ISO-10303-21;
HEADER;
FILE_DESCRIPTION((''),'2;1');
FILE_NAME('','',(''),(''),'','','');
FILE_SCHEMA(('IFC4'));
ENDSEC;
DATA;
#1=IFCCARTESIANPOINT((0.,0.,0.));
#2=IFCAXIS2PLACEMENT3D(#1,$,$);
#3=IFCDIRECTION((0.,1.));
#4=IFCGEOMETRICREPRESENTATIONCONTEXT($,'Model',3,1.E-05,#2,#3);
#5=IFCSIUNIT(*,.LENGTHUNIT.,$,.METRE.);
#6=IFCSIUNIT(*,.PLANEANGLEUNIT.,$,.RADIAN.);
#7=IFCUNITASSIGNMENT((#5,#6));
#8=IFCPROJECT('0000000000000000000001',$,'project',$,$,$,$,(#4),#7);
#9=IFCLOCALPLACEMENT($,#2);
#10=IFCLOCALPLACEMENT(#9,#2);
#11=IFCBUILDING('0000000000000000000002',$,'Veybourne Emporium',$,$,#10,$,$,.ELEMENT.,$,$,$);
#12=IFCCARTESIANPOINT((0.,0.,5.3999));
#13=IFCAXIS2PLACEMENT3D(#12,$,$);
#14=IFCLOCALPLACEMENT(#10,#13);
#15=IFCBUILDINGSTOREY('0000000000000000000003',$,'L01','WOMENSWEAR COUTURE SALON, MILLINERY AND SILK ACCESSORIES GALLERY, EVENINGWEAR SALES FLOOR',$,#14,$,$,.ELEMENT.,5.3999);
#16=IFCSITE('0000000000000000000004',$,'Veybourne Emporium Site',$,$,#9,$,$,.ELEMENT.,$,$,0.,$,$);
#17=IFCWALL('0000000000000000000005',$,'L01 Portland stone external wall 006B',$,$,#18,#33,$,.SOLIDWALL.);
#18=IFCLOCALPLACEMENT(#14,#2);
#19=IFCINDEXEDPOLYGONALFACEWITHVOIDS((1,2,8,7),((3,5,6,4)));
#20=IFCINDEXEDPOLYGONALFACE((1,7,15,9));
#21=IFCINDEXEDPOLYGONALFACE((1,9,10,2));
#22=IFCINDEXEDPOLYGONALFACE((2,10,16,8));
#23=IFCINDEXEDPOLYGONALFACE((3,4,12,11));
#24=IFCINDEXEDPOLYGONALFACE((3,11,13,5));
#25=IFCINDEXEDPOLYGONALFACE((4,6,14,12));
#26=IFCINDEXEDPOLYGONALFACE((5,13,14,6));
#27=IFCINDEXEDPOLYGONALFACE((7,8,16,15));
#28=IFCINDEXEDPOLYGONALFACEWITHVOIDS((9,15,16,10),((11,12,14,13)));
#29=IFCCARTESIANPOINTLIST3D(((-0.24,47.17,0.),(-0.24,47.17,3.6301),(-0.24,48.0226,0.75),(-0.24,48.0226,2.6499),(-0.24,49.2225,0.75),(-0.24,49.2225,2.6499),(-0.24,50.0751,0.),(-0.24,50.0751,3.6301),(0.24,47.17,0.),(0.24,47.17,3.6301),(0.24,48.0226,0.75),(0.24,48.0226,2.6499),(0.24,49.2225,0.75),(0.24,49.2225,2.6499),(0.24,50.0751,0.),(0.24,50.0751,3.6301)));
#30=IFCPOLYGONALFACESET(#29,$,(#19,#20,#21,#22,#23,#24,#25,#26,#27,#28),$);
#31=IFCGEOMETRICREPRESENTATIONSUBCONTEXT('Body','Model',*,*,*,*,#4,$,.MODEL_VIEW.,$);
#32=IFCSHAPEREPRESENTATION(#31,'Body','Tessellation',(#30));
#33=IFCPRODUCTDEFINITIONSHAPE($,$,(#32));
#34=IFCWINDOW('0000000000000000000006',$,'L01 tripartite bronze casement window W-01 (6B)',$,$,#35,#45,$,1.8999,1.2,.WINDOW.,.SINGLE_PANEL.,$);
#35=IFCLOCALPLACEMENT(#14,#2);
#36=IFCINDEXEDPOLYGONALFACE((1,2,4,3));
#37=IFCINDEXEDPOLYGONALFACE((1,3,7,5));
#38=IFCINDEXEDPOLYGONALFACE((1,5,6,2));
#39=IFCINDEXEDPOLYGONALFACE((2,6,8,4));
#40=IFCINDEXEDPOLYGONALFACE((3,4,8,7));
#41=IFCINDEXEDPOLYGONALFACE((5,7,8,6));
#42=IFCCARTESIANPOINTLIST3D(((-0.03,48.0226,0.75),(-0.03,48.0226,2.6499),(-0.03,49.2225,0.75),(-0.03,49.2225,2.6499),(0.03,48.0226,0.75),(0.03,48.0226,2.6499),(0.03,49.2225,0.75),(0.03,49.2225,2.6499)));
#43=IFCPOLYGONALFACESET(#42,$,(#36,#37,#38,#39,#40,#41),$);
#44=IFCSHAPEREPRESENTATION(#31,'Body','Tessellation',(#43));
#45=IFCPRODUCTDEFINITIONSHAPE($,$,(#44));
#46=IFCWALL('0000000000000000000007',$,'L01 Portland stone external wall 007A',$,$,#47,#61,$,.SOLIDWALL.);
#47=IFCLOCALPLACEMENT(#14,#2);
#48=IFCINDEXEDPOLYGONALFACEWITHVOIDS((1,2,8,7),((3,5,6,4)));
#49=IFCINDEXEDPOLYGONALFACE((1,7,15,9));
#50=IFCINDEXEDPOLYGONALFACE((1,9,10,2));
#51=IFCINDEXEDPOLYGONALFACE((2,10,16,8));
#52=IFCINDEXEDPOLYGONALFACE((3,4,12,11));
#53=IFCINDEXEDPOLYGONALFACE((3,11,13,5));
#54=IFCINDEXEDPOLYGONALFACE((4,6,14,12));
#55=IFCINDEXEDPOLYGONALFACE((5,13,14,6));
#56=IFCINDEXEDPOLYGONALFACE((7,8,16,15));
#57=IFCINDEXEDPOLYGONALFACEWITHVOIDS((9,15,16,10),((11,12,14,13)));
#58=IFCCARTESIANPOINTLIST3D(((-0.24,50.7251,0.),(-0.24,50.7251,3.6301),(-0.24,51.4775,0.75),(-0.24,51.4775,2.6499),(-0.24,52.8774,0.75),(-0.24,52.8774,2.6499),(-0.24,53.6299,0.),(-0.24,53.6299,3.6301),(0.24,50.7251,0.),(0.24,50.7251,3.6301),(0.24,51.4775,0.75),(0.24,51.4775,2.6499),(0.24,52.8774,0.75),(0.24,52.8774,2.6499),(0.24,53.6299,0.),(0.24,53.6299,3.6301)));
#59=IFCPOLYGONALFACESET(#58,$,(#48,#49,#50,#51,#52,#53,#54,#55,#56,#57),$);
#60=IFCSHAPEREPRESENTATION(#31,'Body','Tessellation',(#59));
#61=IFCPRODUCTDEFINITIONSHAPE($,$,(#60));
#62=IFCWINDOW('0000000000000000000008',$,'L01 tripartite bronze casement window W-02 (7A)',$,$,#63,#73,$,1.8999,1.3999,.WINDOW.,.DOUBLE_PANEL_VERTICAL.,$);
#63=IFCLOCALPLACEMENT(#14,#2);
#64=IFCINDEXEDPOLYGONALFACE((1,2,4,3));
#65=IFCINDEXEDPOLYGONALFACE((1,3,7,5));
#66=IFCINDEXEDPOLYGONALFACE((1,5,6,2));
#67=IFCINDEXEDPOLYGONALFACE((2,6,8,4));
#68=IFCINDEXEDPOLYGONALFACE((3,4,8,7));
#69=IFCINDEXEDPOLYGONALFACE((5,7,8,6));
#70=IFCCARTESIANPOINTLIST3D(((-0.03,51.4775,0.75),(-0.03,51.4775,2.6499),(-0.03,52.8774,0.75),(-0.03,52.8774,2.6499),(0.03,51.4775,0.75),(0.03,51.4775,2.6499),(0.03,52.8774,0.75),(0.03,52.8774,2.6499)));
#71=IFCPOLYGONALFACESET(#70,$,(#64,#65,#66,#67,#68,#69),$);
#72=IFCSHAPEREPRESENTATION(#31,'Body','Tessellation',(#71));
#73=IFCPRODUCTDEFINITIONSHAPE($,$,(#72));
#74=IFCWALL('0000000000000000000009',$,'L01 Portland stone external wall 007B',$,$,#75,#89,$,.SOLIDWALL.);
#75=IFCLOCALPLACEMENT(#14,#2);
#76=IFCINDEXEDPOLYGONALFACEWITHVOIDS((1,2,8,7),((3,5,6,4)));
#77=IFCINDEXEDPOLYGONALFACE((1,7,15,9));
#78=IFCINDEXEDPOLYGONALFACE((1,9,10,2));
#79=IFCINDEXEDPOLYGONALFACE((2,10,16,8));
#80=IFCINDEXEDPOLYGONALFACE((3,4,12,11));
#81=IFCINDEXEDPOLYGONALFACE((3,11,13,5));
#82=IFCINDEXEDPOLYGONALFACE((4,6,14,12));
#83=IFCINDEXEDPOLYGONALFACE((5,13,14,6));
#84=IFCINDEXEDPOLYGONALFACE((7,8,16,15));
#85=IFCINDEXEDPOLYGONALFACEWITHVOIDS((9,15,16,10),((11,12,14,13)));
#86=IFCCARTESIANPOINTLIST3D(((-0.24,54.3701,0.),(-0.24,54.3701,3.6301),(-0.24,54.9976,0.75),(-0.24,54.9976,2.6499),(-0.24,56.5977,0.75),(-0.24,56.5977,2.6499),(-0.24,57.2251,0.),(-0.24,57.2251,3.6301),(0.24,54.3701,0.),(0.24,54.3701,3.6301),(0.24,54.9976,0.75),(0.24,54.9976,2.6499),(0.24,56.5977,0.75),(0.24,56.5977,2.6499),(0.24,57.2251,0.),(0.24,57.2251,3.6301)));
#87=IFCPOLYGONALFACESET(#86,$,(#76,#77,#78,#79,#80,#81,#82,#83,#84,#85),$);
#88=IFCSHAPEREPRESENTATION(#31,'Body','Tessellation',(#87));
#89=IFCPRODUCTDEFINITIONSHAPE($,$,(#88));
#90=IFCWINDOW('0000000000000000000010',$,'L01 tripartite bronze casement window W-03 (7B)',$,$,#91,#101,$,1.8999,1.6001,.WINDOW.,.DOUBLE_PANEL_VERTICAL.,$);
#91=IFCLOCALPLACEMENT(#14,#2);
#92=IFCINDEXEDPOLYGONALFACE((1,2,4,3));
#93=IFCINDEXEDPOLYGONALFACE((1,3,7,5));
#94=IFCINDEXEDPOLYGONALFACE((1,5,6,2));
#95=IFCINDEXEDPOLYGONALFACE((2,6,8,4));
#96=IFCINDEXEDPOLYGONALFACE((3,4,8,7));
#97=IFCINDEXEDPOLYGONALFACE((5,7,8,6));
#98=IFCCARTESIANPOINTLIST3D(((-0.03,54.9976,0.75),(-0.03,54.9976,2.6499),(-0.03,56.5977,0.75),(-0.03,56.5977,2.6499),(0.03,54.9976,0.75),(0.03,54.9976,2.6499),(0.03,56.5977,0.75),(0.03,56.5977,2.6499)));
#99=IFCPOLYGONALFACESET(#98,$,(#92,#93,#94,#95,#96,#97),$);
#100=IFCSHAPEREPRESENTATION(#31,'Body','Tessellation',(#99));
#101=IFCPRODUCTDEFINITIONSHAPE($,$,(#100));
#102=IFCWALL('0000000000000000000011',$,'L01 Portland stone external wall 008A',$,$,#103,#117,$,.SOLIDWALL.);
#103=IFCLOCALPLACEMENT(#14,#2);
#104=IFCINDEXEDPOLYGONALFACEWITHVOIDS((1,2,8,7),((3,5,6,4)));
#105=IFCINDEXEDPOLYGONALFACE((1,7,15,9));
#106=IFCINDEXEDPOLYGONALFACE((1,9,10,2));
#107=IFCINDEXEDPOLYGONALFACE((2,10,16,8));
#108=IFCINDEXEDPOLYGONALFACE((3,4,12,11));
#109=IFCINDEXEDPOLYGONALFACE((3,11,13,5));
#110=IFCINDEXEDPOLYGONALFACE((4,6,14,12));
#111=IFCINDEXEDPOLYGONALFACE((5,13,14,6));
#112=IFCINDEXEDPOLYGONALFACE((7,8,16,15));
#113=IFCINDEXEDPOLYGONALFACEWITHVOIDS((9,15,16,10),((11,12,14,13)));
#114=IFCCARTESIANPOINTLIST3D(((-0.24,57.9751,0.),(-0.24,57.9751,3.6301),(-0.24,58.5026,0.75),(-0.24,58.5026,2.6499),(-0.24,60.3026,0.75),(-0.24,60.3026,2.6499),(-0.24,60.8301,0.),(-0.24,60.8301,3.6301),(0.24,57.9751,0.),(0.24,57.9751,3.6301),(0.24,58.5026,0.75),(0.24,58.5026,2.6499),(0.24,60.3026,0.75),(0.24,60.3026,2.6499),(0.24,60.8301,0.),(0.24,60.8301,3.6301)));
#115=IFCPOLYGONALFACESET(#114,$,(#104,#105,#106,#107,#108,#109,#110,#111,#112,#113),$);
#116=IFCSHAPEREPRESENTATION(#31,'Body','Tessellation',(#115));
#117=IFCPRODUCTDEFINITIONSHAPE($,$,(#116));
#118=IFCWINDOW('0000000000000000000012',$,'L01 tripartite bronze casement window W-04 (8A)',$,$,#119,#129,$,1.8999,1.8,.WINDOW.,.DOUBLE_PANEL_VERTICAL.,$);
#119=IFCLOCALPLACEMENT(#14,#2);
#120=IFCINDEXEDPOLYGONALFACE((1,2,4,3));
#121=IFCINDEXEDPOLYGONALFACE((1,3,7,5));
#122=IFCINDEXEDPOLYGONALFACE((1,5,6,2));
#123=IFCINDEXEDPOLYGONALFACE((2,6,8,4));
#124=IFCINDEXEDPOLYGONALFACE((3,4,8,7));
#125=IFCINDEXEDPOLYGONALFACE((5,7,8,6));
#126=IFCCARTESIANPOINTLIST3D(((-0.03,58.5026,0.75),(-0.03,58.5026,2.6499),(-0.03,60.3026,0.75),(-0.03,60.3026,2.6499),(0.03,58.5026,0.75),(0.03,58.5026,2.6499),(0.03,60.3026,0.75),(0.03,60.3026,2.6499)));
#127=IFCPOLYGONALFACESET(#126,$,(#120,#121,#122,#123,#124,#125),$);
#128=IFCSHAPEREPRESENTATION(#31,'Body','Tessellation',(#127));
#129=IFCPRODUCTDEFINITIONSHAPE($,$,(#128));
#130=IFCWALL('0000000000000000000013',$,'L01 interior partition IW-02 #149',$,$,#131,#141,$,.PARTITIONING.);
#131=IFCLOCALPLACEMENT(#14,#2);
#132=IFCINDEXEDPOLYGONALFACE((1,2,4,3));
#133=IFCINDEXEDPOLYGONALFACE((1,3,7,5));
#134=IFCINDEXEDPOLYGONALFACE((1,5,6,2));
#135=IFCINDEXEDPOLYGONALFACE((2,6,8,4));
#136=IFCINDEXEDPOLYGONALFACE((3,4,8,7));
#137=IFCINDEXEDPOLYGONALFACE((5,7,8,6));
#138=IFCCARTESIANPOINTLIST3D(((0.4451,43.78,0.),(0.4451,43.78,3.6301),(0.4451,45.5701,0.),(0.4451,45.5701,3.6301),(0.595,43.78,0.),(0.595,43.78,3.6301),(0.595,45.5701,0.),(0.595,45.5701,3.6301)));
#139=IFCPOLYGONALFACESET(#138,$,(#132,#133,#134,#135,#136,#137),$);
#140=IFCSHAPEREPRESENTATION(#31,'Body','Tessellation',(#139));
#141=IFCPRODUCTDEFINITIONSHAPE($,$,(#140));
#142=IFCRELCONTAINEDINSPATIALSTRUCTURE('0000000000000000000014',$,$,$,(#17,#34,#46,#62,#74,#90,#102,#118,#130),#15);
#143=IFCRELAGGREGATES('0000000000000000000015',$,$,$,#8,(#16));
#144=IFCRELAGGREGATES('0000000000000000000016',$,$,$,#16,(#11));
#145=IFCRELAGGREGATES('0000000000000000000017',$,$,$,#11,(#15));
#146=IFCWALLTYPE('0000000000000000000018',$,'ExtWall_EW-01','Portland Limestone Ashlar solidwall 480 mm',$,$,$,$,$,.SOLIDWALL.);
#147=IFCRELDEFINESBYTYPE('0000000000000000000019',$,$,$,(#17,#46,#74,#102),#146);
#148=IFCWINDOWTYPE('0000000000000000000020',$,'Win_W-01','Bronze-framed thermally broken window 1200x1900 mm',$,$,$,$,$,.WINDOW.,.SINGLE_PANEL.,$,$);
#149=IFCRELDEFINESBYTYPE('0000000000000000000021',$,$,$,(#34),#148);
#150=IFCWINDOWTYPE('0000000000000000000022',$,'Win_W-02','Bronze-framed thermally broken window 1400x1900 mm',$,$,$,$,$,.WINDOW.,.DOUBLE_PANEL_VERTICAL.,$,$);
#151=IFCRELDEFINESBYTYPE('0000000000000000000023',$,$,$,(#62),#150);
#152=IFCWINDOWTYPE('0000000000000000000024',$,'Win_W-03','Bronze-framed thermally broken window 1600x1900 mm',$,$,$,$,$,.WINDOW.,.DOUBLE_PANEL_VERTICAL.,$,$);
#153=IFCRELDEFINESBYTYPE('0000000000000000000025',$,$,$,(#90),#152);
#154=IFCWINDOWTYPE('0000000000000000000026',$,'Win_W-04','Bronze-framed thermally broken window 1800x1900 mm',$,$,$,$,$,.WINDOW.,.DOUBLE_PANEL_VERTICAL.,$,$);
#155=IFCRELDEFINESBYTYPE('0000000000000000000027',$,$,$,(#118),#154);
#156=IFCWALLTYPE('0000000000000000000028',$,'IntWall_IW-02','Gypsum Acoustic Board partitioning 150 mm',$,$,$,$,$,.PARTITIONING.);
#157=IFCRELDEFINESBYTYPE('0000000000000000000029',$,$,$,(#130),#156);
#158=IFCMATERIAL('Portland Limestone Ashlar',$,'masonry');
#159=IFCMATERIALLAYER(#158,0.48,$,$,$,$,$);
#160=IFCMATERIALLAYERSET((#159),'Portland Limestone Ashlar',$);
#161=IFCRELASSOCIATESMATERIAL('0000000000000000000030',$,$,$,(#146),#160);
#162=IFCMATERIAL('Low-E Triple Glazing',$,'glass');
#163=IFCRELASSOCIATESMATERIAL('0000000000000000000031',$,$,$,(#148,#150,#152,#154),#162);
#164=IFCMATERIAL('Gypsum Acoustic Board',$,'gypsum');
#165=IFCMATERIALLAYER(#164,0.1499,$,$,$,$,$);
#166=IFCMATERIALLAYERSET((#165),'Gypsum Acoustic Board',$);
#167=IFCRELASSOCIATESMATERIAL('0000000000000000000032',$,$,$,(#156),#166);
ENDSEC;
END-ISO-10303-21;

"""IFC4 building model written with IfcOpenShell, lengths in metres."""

from ifc_helpers import new_model, si_unit, direction, frame, frame_2d, origin, place, context, subcontext, project, spatial, rectangle, extrude, material, layer, layer_set, type_object, element, fill, save


model = new_model("IFC4")

# Units and contexts
model_context = context("Model", 3, precision=1e-05, world=origin(), true_north=direction((0.0, 1.0)))
body_context = subcontext(model_context, "Body", "Model", "MODEL_VIEW")
ifc_project = project(units=[si_unit("LENGTHUNIT", "METRE"), si_unit("PLANEANGLEUNIT", "RADIAN")], contexts=[model_context])

# Site, building, storey
site_placement = place(None, origin())
site = spatial("IfcSite", under=ifc_project, at=site_placement, Name="Veybourne Emporium Site", CompositionType="ELEMENT", RefElevation=0.0)
building_placement = place(site_placement, origin())
building = spatial("IfcBuilding", under=site, at=building_placement, Name="Veybourne Emporium", CompositionType="ELEMENT")
storey_placement = place(building_placement, frame((0.0, 0.0, 5.3999)))
storey = spatial("IfcBuildingStorey", under=building, at=storey_placement, Name="L01", Description="WOMENSWEAR COUTURE SALON, MILLINERY AND SILK ACCESSORIES GALLERY, EVENINGWEAR SALES FLOOR", CompositionType="ELEMENT", Elevation=5.3999)

# Walls, openings, windows
ifc_material_1 = material(Name="Portland Limestone Ashlar", Category="masonry")
ifc_layer_1 = layer(ifc_material_1, 0.48)
ifc_layer_set_1 = layer_set([ifc_layer_1], Name="Portland Limestone Ashlar")
wall_type_1 = type_object("IfcWallType", Name="ExtWall_EW-01", Description="Portland Limestone Ashlar solidwall 480 mm", PredefinedType="SOLIDWALL", material=ifc_layer_set_1)
ifc_material_2 = material(Name="Low-E Triple Glazing", Category="glass")
wall_1_placement = place(storey_placement, frame((0.0, 47.1699, 0.0), z_axis=(0.0, 0.0, 1.0), x_axis=(0.0, 1.0, 0.0)))
wall_1 = element("IfcWall", 1, at=wall_1_placement, inside=storey, type_object=wall_type_1, Name="L01 Portland stone external wall 006B", PredefinedType="SOLIDWALL", context=body_context, shape_type="SweptSolid", body=[
    extrude(rectangle(XDim=2.905, YDim=0.48, at=frame_2d((1.4526, 0.0))), origin(), (0.0, 0.0, 1.0), 3.6301),
])
opening_1_placement = place(wall_1_placement, frame((0.8525, 0.0, 0.75)))
opening_1 = element("IfcOpeningElement", 2, at=opening_1_placement, cuts=wall_1, PredefinedType="OPENING", context=body_context, shape_type="SweptSolid", body=[
    extrude(rectangle(XDim=1.2, YDim=1.8999, at=frame_2d((0.6001, 0.95))), frame((0.0, 0.26, 0.0), z_axis=(0.0, -1.0, 0.0), x_axis=(1.0, 0.0, 0.0)), (0.0, 0.0, 1.0), 0.52),
])
window_type_1 = type_object("IfcWindowType", Name="Win_W-01", Description="Bronze-framed thermally broken window 1200x1900 mm", PartitioningType="SINGLE_PANEL", PredefinedType="WINDOW", material=ifc_material_2)
window_1_placement = place(opening_1_placement, origin())
window_1 = element("IfcWindow", 3, at=window_1_placement, inside=storey, type_object=window_type_1, Name="L01 tripartite bronze casement window W-01 (6B)", OverallHeight=1.8999, OverallWidth=1.2, PartitioningType="SINGLE_PANEL", PredefinedType="WINDOW", context=body_context, shape_type="SweptSolid", body=[
    extrude(rectangle(XDim=1.2, YDim=1.8999, at=frame_2d((0.6001, 0.95))), frame((0.0, 0.03, 0.0), z_axis=(0.0, -1.0, 0.0), x_axis=(1.0, 0.0, 0.0)), (0.0, 0.0, 1.0), 0.0601),
])
fill(opening_1, window_1)
wall_2_placement = place(storey_placement, frame((0.0, 50.7251, 0.0), z_axis=(0.0, 0.0, 1.0), x_axis=(0.0, 1.0, 0.0)))
wall_2 = element("IfcWall", 4, at=wall_2_placement, inside=storey, type_object=wall_type_1, Name="L01 Portland stone external wall 007A", PredefinedType="SOLIDWALL", context=body_context, shape_type="SweptSolid", body=[
    extrude(rectangle(XDim=2.9048, YDim=0.48, at=frame_2d((1.4524, 0.0))), origin(), (0.0, 0.0, 1.0), 3.6301),
])
opening_2_placement = place(wall_2_placement, frame((0.7524, 0.0, 0.75)))
opening_2 = element("IfcOpeningElement", 5, at=opening_2_placement, cuts=wall_2, PredefinedType="OPENING", context=body_context, shape_type="SweptSolid", body=[
    extrude(rectangle(XDim=1.3999, YDim=1.8999, at=frame_2d((0.7, 0.95))), frame((0.0, 0.26, 0.0), z_axis=(0.0, -1.0, 0.0), x_axis=(1.0, 0.0, 0.0)), (0.0, 0.0, 1.0), 0.52),
])
window_type_2 = type_object("IfcWindowType", Name="Win_W-02", Description="Bronze-framed thermally broken window 1400x1900 mm", PartitioningType="DOUBLE_PANEL_VERTICAL", PredefinedType="WINDOW", material=ifc_material_2)
window_2_placement = place(opening_2_placement, origin())
window_2 = element("IfcWindow", 6, at=window_2_placement, inside=storey, type_object=window_type_2, Name="L01 tripartite bronze casement window W-02 (7A)", OverallHeight=1.8999, OverallWidth=1.3999, PartitioningType="DOUBLE_PANEL_VERTICAL", PredefinedType="WINDOW", context=body_context, shape_type="SweptSolid", body=[
    extrude(rectangle(XDim=1.3999, YDim=1.8999, at=frame_2d((0.7, 0.95))), frame((0.0, 0.03, 0.0), z_axis=(0.0, -1.0, 0.0), x_axis=(1.0, 0.0, 0.0)), (0.0, 0.0, 1.0), 0.0601),
])
fill(opening_2, window_2)
wall_3_placement = place(storey_placement, frame((0.0, 54.3701, 0.0), z_axis=(0.0, 0.0, 1.0), x_axis=(0.0, 1.0, 0.0)))
wall_3 = element("IfcWall", 7, at=wall_3_placement, inside=storey, type_object=wall_type_1, Name="L01 Portland stone external wall 007B", PredefinedType="SOLIDWALL", context=body_context, shape_type="SweptSolid", body=[
    extrude(rectangle(XDim=2.855, YDim=0.48, at=frame_2d((1.4275, 0.0))), origin(), (0.0, 0.0, 1.0), 3.6301),
])
opening_3_placement = place(wall_3_placement, frame((0.6274, 0.0, 0.75)))
opening_3 = element("IfcOpeningElement", 8, at=opening_3_placement, cuts=wall_3, PredefinedType="OPENING", context=body_context, shape_type="SweptSolid", body=[
    extrude(rectangle(XDim=1.6001, YDim=1.8999, at=frame_2d((0.8, 0.95))), frame((0.0, 0.26, 0.0), z_axis=(0.0, -1.0, 0.0), x_axis=(1.0, 0.0, 0.0)), (0.0, 0.0, 1.0), 0.52),
])
window_type_3 = type_object("IfcWindowType", Name="Win_W-03", Description="Bronze-framed thermally broken window 1600x1900 mm", PartitioningType="DOUBLE_PANEL_VERTICAL", PredefinedType="WINDOW", material=ifc_material_2)
window_3_placement = place(opening_3_placement, origin())
window_3 = element("IfcWindow", 9, at=window_3_placement, inside=storey, type_object=window_type_3, Name="L01 tripartite bronze casement window W-03 (7B)", OverallHeight=1.8999, OverallWidth=1.6001, PartitioningType="DOUBLE_PANEL_VERTICAL", PredefinedType="WINDOW", context=body_context, shape_type="SweptSolid", body=[
    extrude(rectangle(XDim=1.6001, YDim=1.8999, at=frame_2d((0.8, 0.95))), frame((0.0, 0.03, 0.0), z_axis=(0.0, -1.0, 0.0), x_axis=(1.0, 0.0, 0.0)), (0.0, 0.0, 1.0), 0.0601),
])
fill(opening_3, window_3)
wall_4_placement = place(storey_placement, frame((0.0, 57.9751, 0.0), z_axis=(0.0, 0.0, 1.0), x_axis=(0.0, 1.0, 0.0)))
wall_4 = element("IfcWall", 10, at=wall_4_placement, inside=storey, type_object=wall_type_1, Name="L01 Portland stone external wall 008A", PredefinedType="SOLIDWALL", context=body_context, shape_type="SweptSolid", body=[
    extrude(rectangle(XDim=2.855, YDim=0.48, at=frame_2d((1.4275, 0.0))), origin(), (0.0, 0.0, 1.0), 3.6301),
])
opening_4_placement = place(wall_4_placement, frame((0.5276, 0.0, 0.75)))
opening_4 = element("IfcOpeningElement", 11, at=opening_4_placement, cuts=wall_4, PredefinedType="OPENING", context=body_context, shape_type="SweptSolid", body=[
    extrude(rectangle(XDim=1.8, YDim=1.8999, at=frame_2d((0.8999, 0.95))), frame((0.0, 0.26, 0.0), z_axis=(0.0, -1.0, 0.0), x_axis=(1.0, 0.0, 0.0)), (0.0, 0.0, 1.0), 0.52),
])
window_type_4 = type_object("IfcWindowType", Name="Win_W-04", Description="Bronze-framed thermally broken window 1800x1900 mm", PartitioningType="DOUBLE_PANEL_VERTICAL", PredefinedType="WINDOW", material=ifc_material_2)
window_4_placement = place(opening_4_placement, origin())
window_4 = element("IfcWindow", 12, at=window_4_placement, inside=storey, type_object=window_type_4, Name="L01 tripartite bronze casement window W-04 (8A)", OverallHeight=1.8999, OverallWidth=1.8, PartitioningType="DOUBLE_PANEL_VERTICAL", PredefinedType="WINDOW", context=body_context, shape_type="SweptSolid", body=[
    extrude(rectangle(XDim=1.8, YDim=1.8999, at=frame_2d((0.8999, 0.95))), frame((0.0, 0.03, 0.0), z_axis=(0.0, -1.0, 0.0), x_axis=(1.0, 0.0, 0.0)), (0.0, 0.0, 1.0), 0.0601),
])
fill(opening_4, window_4)

# Wall
ifc_material_3 = material(Name="Gypsum Acoustic Board", Category="gypsum")
ifc_layer_2 = layer(ifc_material_3, 0.1499)
ifc_layer_set_2 = layer_set([ifc_layer_2], Name="Gypsum Acoustic Board")
wall_type_2 = type_object("IfcWallType", Name="IntWall_IW-02", Description="Gypsum Acoustic Board partitioning 150 mm", PredefinedType="PARTITIONING", material=ifc_layer_set_2)
wall_5_placement = place(storey_placement, frame((0.52, 43.78, 0.0), z_axis=(0.0, 0.0, 1.0), x_axis=(0.0, 1.0, 0.0)))
element("IfcWall", 13, at=wall_5_placement, inside=storey, type_object=wall_type_2, Name="L01 interior partition IW-02 #149", PredefinedType="PARTITIONING", context=body_context, shape_type="SweptSolid", body=[
    extrude(rectangle(XDim=1.79, YDim=0.1499, at=frame_2d((0.895, 0.0))), origin(), (0.0, 0.0, 1.0), 3.6301),
])

save(model, "model.ifc")
